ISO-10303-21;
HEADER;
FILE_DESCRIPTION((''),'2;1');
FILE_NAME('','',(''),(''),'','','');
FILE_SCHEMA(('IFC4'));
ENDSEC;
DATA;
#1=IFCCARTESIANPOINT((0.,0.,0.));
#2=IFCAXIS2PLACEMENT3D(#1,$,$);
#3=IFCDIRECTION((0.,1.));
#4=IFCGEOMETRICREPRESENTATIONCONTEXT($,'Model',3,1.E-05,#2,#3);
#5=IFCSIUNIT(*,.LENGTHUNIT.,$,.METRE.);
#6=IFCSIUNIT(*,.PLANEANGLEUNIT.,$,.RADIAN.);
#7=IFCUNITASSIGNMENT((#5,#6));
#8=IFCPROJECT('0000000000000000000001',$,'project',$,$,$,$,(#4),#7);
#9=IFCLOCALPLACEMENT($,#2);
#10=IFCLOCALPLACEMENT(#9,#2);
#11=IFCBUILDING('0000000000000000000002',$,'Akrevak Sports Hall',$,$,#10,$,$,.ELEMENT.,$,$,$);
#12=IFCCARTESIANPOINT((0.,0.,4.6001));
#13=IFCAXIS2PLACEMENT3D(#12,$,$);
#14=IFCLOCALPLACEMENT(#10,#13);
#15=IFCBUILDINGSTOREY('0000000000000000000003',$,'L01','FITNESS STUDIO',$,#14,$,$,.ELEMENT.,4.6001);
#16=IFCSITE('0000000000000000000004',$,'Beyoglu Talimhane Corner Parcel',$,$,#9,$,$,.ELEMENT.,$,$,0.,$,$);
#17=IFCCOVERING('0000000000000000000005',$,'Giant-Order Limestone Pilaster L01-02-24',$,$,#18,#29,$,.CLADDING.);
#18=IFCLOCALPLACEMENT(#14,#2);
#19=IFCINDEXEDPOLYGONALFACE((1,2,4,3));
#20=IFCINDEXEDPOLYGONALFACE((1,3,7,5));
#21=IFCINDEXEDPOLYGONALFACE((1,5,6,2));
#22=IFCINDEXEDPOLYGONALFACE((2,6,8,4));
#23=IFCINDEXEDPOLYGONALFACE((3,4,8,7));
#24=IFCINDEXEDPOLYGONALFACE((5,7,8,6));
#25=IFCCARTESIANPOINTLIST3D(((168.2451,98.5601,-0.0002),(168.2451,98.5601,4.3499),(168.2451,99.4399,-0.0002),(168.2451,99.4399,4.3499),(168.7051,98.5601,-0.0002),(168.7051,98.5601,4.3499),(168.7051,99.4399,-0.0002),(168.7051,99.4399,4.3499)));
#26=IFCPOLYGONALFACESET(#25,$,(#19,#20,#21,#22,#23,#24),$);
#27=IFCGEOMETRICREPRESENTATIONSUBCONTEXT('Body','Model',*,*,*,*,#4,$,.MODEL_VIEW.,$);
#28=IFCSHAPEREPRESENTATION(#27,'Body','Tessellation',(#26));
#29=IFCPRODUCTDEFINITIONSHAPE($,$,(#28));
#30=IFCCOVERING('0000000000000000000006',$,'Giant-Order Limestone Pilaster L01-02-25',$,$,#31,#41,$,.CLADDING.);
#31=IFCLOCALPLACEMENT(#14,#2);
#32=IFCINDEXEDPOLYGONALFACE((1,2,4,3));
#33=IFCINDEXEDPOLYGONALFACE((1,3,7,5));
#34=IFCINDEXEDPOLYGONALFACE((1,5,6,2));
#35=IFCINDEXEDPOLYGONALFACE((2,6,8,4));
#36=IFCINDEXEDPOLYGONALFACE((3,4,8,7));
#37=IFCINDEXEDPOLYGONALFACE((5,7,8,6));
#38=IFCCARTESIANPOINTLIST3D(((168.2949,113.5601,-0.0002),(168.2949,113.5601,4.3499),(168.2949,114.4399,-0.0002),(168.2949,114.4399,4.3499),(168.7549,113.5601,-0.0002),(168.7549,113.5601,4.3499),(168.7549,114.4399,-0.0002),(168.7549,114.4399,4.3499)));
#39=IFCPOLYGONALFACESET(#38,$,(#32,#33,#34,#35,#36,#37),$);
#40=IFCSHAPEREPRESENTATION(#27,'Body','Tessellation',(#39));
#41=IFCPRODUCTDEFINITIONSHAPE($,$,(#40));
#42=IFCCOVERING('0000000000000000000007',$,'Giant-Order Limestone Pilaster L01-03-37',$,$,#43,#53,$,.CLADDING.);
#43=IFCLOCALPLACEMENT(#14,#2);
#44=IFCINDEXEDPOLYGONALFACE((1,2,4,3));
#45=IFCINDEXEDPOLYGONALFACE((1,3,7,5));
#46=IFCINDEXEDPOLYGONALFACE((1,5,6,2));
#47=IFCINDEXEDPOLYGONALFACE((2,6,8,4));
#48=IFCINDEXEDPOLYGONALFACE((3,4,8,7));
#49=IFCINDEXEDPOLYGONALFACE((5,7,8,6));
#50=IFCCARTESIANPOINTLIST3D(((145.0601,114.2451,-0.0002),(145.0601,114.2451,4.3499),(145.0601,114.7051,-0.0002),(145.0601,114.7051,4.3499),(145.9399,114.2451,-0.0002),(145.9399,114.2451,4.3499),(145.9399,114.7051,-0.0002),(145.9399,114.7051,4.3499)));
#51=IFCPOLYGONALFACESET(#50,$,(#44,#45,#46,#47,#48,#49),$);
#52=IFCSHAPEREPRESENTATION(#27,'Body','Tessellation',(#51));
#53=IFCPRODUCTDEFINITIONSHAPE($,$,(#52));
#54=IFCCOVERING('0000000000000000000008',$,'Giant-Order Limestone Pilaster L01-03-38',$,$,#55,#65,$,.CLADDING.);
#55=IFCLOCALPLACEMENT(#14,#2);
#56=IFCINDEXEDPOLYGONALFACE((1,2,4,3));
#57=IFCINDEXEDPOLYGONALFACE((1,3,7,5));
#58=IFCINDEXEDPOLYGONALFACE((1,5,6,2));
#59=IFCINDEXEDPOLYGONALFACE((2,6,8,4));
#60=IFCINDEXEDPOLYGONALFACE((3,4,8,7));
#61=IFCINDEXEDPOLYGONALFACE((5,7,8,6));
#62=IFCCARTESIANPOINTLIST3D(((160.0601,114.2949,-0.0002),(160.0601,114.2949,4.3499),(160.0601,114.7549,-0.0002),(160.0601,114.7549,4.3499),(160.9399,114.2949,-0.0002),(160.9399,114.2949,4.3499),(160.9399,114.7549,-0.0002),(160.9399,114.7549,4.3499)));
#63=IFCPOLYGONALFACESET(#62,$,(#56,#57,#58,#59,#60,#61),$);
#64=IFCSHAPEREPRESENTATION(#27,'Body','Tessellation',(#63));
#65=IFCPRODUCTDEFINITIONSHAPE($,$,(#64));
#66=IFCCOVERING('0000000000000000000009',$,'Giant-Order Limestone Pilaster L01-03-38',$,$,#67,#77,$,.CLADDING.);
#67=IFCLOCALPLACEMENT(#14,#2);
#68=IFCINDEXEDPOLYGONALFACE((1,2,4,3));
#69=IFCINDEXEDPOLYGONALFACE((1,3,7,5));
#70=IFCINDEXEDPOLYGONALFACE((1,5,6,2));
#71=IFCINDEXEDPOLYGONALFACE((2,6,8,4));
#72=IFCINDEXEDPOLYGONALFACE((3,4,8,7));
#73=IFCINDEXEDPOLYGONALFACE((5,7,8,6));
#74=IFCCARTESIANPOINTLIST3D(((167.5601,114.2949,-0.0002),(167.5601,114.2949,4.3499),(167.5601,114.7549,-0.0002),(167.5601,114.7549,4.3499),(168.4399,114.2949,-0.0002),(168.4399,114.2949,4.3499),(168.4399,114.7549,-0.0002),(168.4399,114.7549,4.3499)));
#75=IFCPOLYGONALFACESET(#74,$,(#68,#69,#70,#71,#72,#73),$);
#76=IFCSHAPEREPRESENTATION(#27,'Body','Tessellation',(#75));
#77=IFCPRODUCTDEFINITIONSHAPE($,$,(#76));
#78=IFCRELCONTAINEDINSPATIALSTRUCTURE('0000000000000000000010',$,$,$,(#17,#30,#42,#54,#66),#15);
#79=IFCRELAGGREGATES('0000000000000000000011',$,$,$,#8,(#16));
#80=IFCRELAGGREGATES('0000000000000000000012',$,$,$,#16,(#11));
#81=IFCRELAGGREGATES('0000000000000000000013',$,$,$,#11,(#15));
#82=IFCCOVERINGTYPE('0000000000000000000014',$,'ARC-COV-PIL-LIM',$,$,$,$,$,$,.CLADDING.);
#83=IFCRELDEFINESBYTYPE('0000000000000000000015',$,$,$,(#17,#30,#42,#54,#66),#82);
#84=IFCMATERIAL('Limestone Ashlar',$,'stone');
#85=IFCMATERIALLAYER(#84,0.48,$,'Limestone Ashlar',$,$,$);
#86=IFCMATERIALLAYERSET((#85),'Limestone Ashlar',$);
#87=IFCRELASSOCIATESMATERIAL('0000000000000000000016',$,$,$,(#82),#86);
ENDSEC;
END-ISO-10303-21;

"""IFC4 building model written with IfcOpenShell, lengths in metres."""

from ifc_helpers import new_model, si_unit, direction, frame, origin, origin_2d, place, context, subcontext, project, spatial, rectangle, extrude, material, layer, layer_set, type_object, element, save


model = new_model("IFC4")

# Units and contexts
model_context = context("Model", 3, precision=1e-05, world=origin(), true_north=direction((0.0, 1.0)))
body_context = subcontext(model_context, "Body", "Model", "MODEL_VIEW")
ifc_project = project(units=[si_unit("LENGTHUNIT", "METRE"), si_unit("PLANEANGLEUNIT", "RADIAN")], contexts=[model_context])

# Site, building, storey
site_placement = place(None, origin())
site = spatial("IfcSite", under=ifc_project, at=site_placement, Name="Beyoglu Talimhane Corner Parcel", CompositionType="ELEMENT", RefElevation=0.0)
building_placement = place(site_placement, origin())
building = spatial("IfcBuilding", under=site, at=building_placement, Name="Akrevak Sports Hall", CompositionType="ELEMENT")
storey_placement = place(building_placement, frame((0.0, 0.0, 4.6001)))
storey = spatial("IfcBuildingStorey", under=building, at=storey_placement, Name="L01", Description="FITNESS STUDIO", CompositionType="ELEMENT", Elevation=4.6001)

# Shared definitions
ifc_material_1 = material(Name="Limestone Ashlar", Category="stone")

# Coverings
ifc_layer_1 = layer(ifc_material_1, 0.48, Name="Limestone Ashlar")
ifc_layer_set_1 = layer_set([ifc_layer_1], Name="Limestone Ashlar")
covering_type = type_object("IfcCoveringType", Name="ARC-COV-PIL-LIM", PredefinedType="CLADDING", material=ifc_layer_set_1)
for number, where, z_axis, x_axis, name in (
    (1, (168.4751, 99.0, -0.0002), (0.0, 0.0, 1.0), (0.0, 1.0, 0.0), "Giant-Order Limestone Pilaster L01-02-24"),
    (2, (168.5249, 114.0, -0.0002), (0.0, 0.0, 1.0), (0.0, 1.0, 0.0), "Giant-Order Limestone Pilaster L01-02-25"),
    (3, (145.5, 114.4751, -0.0002), (0.0, 0.0, 1.0), (-1.0, 0.0, 0.0), "Giant-Order Limestone Pilaster L01-03-37"),
    (4, (160.5, 114.5249, -0.0002), (0.0, 0.0, 1.0), (-1.0, 0.0, 0.0), "Giant-Order Limestone Pilaster L01-03-38"),
    (5, (168.0, 114.5249, -0.0002), (0.0, 0.0, 1.0), (-1.0, 0.0, 0.0), "Giant-Order Limestone Pilaster L01-03-38"),
):
    element("IfcCovering", number, at=place(storey_placement, frame(where, z_axis=z_axis, x_axis=x_axis)), inside=storey, type_object=covering_type, Name=name, PredefinedType="CLADDING", context=body_context, shape_type="SweptSolid", body=[
        extrude(rectangle(XDim=0.8799, YDim=0.46, at=origin_2d()), origin(), (0.0, 0.0, 1.0), 4.3501),
    ])

save(model, "model.ifc")
